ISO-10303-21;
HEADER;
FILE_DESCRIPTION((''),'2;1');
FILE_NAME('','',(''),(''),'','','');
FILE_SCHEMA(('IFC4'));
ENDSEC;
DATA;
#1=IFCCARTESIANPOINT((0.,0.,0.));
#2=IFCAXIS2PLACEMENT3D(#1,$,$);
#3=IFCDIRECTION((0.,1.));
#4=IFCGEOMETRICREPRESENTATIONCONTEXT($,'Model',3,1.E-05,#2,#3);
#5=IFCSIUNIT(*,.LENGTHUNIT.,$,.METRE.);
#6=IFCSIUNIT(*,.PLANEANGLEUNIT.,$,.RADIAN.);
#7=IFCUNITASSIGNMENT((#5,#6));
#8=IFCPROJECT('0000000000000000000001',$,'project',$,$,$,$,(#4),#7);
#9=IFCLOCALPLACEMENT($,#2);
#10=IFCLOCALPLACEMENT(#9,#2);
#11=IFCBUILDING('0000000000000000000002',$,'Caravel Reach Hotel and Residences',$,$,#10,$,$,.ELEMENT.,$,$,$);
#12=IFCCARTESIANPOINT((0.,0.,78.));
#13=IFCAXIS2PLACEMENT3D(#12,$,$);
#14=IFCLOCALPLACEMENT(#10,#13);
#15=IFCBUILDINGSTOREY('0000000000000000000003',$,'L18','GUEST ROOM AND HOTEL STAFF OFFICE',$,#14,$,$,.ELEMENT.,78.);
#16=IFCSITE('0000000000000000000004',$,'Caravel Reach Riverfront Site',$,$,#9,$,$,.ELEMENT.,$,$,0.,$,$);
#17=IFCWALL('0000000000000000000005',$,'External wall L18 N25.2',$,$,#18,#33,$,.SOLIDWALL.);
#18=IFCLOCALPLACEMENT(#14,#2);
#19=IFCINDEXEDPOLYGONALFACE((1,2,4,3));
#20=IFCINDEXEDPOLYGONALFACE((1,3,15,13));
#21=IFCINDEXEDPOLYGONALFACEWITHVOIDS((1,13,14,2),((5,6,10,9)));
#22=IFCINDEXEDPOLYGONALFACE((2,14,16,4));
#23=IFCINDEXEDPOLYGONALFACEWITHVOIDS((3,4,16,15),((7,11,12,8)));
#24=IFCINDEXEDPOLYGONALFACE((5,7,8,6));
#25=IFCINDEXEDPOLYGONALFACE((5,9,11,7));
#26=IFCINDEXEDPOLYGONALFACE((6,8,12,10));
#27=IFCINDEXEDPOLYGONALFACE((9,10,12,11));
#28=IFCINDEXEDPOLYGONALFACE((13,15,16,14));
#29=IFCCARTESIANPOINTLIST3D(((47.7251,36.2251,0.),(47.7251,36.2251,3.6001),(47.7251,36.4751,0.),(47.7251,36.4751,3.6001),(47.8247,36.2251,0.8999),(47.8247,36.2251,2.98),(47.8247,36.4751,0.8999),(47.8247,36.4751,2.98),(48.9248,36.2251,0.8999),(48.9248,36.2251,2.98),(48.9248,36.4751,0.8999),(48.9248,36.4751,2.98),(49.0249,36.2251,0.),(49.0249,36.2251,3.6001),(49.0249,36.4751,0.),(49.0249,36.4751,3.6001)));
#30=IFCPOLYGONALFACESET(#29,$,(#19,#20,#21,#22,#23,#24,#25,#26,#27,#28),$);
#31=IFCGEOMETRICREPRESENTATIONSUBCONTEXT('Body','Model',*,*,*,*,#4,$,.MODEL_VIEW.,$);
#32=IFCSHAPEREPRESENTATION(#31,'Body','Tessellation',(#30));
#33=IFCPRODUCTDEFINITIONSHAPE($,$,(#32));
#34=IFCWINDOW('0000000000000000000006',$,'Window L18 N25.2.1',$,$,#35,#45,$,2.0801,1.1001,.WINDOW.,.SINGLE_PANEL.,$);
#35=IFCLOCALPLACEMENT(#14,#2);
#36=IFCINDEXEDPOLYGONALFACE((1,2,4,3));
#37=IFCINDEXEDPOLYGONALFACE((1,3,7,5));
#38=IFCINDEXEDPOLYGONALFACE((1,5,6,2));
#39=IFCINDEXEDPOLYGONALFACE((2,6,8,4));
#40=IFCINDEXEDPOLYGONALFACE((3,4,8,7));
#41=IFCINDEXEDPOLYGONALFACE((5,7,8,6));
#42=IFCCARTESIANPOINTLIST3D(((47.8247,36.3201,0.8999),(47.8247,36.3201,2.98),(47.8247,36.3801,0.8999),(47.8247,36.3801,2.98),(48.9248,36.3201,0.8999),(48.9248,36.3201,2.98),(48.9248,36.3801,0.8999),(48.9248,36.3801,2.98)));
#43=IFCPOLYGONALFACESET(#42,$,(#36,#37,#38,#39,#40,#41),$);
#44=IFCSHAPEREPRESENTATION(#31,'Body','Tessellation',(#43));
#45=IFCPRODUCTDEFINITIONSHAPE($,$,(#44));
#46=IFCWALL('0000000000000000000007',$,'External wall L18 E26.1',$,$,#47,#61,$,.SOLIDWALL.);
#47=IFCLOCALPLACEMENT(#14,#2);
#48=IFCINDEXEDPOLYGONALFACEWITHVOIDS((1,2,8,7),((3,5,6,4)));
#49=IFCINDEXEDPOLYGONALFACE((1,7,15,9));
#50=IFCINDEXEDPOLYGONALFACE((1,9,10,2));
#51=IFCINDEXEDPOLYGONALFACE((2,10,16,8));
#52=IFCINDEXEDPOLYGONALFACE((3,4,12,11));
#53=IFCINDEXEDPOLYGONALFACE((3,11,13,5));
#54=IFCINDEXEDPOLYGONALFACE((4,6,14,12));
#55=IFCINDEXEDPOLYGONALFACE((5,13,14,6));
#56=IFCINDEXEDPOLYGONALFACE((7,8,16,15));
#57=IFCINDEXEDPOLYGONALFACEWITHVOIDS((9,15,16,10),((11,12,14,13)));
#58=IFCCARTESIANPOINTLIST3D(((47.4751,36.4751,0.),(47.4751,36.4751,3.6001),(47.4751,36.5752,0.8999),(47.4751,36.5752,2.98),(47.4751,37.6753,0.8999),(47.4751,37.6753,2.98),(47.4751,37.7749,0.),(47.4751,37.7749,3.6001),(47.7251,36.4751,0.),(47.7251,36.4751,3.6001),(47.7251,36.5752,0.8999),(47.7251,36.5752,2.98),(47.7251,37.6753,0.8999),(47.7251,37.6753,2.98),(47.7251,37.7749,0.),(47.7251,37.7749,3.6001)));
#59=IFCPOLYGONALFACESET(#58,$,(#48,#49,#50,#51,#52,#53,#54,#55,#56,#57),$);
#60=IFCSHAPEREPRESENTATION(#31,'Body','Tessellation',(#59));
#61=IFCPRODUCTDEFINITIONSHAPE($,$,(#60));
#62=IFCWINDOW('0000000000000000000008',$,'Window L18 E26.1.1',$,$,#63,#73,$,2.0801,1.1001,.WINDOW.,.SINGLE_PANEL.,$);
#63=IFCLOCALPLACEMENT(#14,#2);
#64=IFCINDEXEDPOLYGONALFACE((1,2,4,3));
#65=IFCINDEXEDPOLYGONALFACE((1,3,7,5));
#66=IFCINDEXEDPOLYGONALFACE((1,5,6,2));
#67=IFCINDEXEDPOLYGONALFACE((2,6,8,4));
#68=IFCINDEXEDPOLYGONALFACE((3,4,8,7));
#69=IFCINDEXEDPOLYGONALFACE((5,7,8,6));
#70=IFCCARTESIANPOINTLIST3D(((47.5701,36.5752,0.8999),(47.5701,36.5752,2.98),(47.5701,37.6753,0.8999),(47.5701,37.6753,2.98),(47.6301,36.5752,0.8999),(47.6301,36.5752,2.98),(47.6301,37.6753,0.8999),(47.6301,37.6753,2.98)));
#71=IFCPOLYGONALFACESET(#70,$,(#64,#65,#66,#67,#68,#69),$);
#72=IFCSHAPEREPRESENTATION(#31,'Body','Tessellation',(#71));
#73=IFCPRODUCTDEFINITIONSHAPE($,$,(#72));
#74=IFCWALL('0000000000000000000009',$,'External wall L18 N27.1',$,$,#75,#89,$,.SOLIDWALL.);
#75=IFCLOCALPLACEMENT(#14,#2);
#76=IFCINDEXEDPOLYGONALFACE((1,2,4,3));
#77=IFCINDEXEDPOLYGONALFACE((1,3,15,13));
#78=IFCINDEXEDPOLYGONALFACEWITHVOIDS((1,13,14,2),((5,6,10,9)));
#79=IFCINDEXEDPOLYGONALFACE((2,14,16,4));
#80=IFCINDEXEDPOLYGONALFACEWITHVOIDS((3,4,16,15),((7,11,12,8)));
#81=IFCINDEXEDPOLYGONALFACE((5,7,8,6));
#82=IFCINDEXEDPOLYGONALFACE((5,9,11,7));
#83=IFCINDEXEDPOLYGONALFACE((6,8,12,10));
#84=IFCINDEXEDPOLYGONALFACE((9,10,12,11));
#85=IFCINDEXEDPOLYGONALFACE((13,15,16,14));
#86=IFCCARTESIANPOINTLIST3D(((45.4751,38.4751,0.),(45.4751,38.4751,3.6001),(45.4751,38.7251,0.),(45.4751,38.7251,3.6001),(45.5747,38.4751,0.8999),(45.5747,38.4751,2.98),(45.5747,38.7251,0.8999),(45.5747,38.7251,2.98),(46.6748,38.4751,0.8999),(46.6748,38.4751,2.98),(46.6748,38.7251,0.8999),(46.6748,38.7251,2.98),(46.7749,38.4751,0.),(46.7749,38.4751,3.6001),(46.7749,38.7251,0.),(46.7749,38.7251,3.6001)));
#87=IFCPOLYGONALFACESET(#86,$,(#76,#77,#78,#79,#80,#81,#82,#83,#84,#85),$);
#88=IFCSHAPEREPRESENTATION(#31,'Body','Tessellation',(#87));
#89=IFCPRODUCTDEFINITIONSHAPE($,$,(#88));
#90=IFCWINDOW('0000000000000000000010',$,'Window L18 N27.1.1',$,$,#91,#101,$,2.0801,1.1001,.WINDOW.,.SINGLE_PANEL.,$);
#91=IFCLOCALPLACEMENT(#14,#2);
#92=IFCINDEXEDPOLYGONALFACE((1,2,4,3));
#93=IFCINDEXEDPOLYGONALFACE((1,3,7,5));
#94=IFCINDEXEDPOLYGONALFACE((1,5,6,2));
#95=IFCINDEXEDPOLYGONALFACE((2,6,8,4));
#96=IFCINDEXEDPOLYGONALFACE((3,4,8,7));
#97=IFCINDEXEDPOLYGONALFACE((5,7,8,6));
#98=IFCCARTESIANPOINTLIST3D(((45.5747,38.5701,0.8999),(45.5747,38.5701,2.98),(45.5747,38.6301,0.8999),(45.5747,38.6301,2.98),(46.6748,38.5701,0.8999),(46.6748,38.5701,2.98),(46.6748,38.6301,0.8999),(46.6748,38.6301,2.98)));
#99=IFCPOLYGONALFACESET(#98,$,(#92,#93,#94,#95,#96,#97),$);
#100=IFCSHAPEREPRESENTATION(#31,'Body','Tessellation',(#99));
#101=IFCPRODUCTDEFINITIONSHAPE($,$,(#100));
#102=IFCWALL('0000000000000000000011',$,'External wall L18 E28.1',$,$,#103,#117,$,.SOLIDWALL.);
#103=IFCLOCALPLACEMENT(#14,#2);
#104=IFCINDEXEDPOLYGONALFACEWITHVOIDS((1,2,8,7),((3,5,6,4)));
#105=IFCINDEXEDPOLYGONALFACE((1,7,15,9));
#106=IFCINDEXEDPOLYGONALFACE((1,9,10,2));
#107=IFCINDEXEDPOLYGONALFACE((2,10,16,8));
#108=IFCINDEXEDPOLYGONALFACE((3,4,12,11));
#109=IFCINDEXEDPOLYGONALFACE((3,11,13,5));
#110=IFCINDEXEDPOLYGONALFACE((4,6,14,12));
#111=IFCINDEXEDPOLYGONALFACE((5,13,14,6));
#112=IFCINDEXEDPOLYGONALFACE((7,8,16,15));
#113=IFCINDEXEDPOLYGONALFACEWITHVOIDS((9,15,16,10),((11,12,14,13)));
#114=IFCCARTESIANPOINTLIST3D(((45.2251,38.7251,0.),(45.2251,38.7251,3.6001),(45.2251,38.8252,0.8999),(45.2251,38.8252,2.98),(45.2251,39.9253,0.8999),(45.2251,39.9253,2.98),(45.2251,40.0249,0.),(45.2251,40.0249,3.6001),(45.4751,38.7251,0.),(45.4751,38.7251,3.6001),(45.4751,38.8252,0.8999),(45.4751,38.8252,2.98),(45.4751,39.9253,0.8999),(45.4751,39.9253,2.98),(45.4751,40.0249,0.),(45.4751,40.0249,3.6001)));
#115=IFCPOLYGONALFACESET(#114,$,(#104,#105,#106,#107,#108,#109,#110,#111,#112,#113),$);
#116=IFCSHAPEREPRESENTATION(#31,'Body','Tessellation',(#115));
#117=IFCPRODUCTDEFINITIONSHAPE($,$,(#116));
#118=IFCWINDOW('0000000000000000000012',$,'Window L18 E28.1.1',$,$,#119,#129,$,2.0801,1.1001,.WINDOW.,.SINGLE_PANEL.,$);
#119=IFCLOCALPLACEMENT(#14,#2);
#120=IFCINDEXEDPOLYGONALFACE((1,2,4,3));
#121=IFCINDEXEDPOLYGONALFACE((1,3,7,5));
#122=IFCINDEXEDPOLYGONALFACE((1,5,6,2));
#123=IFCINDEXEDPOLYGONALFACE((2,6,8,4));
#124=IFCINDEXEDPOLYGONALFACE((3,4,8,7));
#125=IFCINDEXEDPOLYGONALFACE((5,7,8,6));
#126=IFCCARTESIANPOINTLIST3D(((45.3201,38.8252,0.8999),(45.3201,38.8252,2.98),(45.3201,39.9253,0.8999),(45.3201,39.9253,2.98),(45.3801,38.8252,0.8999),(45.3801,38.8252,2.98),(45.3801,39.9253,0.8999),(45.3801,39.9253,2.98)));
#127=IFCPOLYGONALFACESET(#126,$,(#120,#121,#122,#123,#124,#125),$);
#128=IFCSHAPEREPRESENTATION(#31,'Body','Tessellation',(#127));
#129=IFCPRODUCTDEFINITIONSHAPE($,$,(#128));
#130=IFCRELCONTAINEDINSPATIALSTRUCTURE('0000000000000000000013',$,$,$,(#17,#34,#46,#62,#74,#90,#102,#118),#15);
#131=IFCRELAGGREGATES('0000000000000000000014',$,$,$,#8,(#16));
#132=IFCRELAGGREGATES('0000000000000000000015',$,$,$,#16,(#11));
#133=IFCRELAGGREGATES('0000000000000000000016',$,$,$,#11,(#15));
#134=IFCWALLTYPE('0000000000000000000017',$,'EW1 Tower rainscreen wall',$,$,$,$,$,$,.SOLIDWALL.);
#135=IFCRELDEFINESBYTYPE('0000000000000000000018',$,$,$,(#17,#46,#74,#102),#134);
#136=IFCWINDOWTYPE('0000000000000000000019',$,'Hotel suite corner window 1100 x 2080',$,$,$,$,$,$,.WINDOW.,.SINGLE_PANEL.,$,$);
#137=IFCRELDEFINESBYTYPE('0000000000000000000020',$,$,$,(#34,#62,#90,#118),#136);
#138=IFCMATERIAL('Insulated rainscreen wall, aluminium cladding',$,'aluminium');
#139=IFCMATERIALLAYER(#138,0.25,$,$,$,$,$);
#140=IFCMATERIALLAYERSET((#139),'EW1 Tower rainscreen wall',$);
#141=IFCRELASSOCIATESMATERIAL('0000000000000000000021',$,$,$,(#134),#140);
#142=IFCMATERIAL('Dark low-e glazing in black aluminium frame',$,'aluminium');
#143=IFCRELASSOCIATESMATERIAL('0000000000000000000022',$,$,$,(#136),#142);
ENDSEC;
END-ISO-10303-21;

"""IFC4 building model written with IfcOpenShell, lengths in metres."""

from ifc_helpers import new_model, si_unit, direction, frame, frame_2d, origin, place, context, subcontext, project, spatial, rectangle, extrude, material, layer, layer_set, type_object, element, fill, save


model = new_model("IFC4")

# Units and contexts
model_context = context("Model", 3, precision=1e-05, world=origin(), true_north=direction((0.0, 1.0)))
body_context = subcontext(model_context, "Body", "Model", "MODEL_VIEW")
ifc_project = project(units=[si_unit("LENGTHUNIT", "METRE"), si_unit("PLANEANGLEUNIT", "RADIAN")], contexts=[model_context])

# Site, building, storey
site_placement = place(None, origin())
site = spatial("IfcSite", under=ifc_project, at=site_placement, Name="Caravel Reach Riverfront Site", CompositionType="ELEMENT", RefElevation=0.0)
building_placement = place(site_placement, origin())
building = spatial("IfcBuilding", under=site, at=building_placement, Name="Caravel Reach Hotel and Residences", CompositionType="ELEMENT")
storey_placement = place(building_placement, frame((0.0, 0.0, 78.0)))
storey = spatial("IfcBuildingStorey", under=building, at=storey_placement, Name="L18", Description="GUEST ROOM AND HOTEL STAFF OFFICE", CompositionType="ELEMENT", Elevation=78.0)

# Walls, openings, windows
ifc_material_1 = material(Name="Insulated rainscreen wall, aluminium cladding", Category="aluminium")
ifc_layer = layer(ifc_material_1, 0.25)
ifc_layer_set = layer_set([ifc_layer], Name="EW1 Tower rainscreen wall")
wall_type = type_object("IfcWallType", Name="EW1 Tower rainscreen wall", PredefinedType="SOLIDWALL", material=ifc_layer_set)
wall_1_placement = place(storey_placement, frame((49.0249, 36.3501, 0.0), z_axis=(0.0, 0.0, 1.0), x_axis=(-1.0, 0.0, 0.0)))
wall_1 = element("IfcWall", 1, at=wall_1_placement, inside=storey, type_object=wall_type, Name="External wall L18 N25.2", PredefinedType="SOLIDWALL", context=body_context, shape_type="SweptSolid", body=[
    extrude(rectangle(XDim=1.2998, YDim=0.25, at=frame_2d((0.6499, 0.0))), origin(), (0.0, 0.0, 1.0), 3.6001),
])
opening_1_placement = place(wall_1_placement, frame((0.1001, 0.0, 0.8999)))
opening_1 = element("IfcOpeningElement", 2, at=opening_1_placement, cuts=wall_1, PredefinedType="OPENING", context=body_context, shape_type="SweptSolid", body=[
    extrude(rectangle(XDim=1.1001, YDim=2.0801, at=frame_2d((0.55, 1.04))), frame((0.0, 0.135, 0.0), z_axis=(0.0, -1.0, 0.0), x_axis=(1.0, 0.0, 0.0)), (0.0, 0.0, 1.0), 0.27),
])
ifc_material_2 = material(Name="Dark low-e glazing in black aluminium frame", Category="aluminium")
window_type = type_object("IfcWindowType", Name="Hotel suite corner window 1100 x 2080", PartitioningType="SINGLE_PANEL", PredefinedType="WINDOW", material=ifc_material_2)
window_1_placement = place(opening_1_placement, origin())
window_1 = element("IfcWindow", 3, at=window_1_placement, inside=storey, type_object=window_type, Name="Window L18 N25.2.1", OverallHeight=2.0801, OverallWidth=1.1001, PartitioningType="SINGLE_PANEL", PredefinedType="WINDOW", context=body_context, shape_type="SweptSolid", body=[
    extrude(rectangle(XDim=1.1001, YDim=2.0801, at=frame_2d((0.55, 1.04))), frame((0.0, 0.03, 0.0), z_axis=(0.0, -1.0, 0.0), x_axis=(1.0, 0.0, 0.0)), (0.0, 0.0, 1.0), 0.0601),
])
fill(opening_1, window_1)
wall_2_placement = place(storey_placement, frame((47.6001, 36.4751, 0.0), z_axis=(0.0, 0.0, 1.0), x_axis=(0.0, 1.0, 0.0)))
wall_2 = element("IfcWall", 4, at=wall_2_placement, inside=storey, type_object=wall_type, Name="External wall L18 E26.1", PredefinedType="SOLIDWALL", context=body_context, shape_type="SweptSolid", body=[
    extrude(rectangle(XDim=1.2998, YDim=0.25, at=frame_2d((0.6499, 0.0))), origin(), (0.0, 0.0, 1.0), 3.6001),
])
opening_2_placement = place(wall_2_placement, frame((0.1001, 0.0, 0.8999)))
opening_2 = element("IfcOpeningElement", 5, at=opening_2_placement, cuts=wall_2, PredefinedType="OPENING", context=body_context, shape_type="SweptSolid", body=[
    extrude(rectangle(XDim=1.1001, YDim=2.0801, at=frame_2d((0.55, 1.04))), frame((0.0, 0.135, 0.0), z_axis=(0.0, -1.0, 0.0), x_axis=(1.0, 0.0, 0.0)), (0.0, 0.0, 1.0), 0.27),
])
window_2_placement = place(opening_2_placement, origin())
window_2 = element("IfcWindow", 6, at=window_2_placement, inside=storey, type_object=window_type, Name="Window L18 E26.1.1", OverallHeight=2.0801, OverallWidth=1.1001, PartitioningType="SINGLE_PANEL", PredefinedType="WINDOW", context=body_context, shape_type="SweptSolid", body=[
    extrude(rectangle(XDim=1.1001, YDim=2.0801, at=frame_2d((0.55, 1.04))), frame((0.0, 0.03, 0.0), z_axis=(0.0, -1.0, 0.0), x_axis=(1.0, 0.0, 0.0)), (0.0, 0.0, 1.0), 0.0601),
])
fill(opening_2, window_2)
wall_3_placement = place(storey_placement, frame((46.7749, 38.6001, 0.0), z_axis=(0.0, 0.0, 1.0), x_axis=(-1.0, 0.0, 0.0)))
wall_3 = element("IfcWall", 7, at=wall_3_placement, inside=storey, type_object=wall_type, Name="External wall L18 N27.1", PredefinedType="SOLIDWALL", context=body_context, shape_type="SweptSolid", body=[
    extrude(rectangle(XDim=1.2998, YDim=0.25, at=frame_2d((0.6499, 0.0))), origin(), (0.0, 0.0, 1.0), 3.6001),
])
opening_3_placement = place(wall_3_placement, frame((0.1001, 0.0, 0.8999)))
opening_3 = element("IfcOpeningElement", 8, at=opening_3_placement, cuts=wall_3, PredefinedType="OPENING", context=body_context, shape_type="SweptSolid", body=[
    extrude(rectangle(XDim=1.1001, YDim=2.0801, at=frame_2d((0.55, 1.04))), frame((0.0, 0.135, 0.0), z_axis=(0.0, -1.0, 0.0), x_axis=(1.0, 0.0, 0.0)), (0.0, 0.0, 1.0), 0.27),
])
window_3_placement = place(opening_3_placement, origin())
window_3 = element("IfcWindow", 9, at=window_3_placement, inside=storey, type_object=window_type, Name="Window L18 N27.1.1", OverallHeight=2.0801, OverallWidth=1.1001, PartitioningType="SINGLE_PANEL", PredefinedType="WINDOW", context=body_context, shape_type="SweptSolid", body=[
    extrude(rectangle(XDim=1.1001, YDim=2.0801, at=frame_2d((0.55, 1.04))), frame((0.0, 0.03, 0.0), z_axis=(0.0, -1.0, 0.0), x_axis=(1.0, 0.0, 0.0)), (0.0, 0.0, 1.0), 0.0601),
])
fill(opening_3, window_3)
wall_4_placement = place(storey_placement, frame((45.3501, 38.7251, 0.0), z_axis=(0.0, 0.0, 1.0), x_axis=(0.0, 1.0, 0.0)))
wall_4 = element("IfcWall", 10, at=wall_4_placement, inside=storey, type_object=wall_type, Name="External wall L18 E28.1", PredefinedType="SOLIDWALL", context=body_context, shape_type="SweptSolid", body=[
    extrude(rectangle(XDim=1.2998, YDim=0.25, at=frame_2d((0.6499, 0.0))), origin(), (0.0, 0.0, 1.0), 3.6001),
])
opening_4_placement = place(wall_4_placement, frame((0.1001, 0.0, 0.8999)))
opening_4 = element("IfcOpeningElement", 11, at=opening_4_placement, cuts=wall_4, PredefinedType="OPENING", context=body_context, shape_type="SweptSolid", body=[
    extrude(rectangle(XDim=1.1001, YDim=2.0801, at=frame_2d((0.55, 1.04))), frame((0.0, 0.135, 0.0), z_axis=(0.0, -1.0, 0.0), x_axis=(1.0, 0.0, 0.0)), (0.0, 0.0, 1.0), 0.27),
])
window_4_placement = place(opening_4_placement, origin())
window_4 = element("IfcWindow", 12, at=window_4_placement, inside=storey, type_object=window_type, Name="Window L18 E28.1.1", OverallHeight=2.0801, OverallWidth=1.1001, PartitioningType="SINGLE_PANEL", PredefinedType="WINDOW", context=body_context, shape_type="SweptSolid", body=[
    extrude(rectangle(XDim=1.1001, YDim=2.0801, at=frame_2d((0.55, 1.04))), frame((0.0, 0.03, 0.0), z_axis=(0.0, -1.0, 0.0), x_axis=(1.0, 0.0, 0.0)), (0.0, 0.0, 1.0), 0.0601),
])
fill(opening_4, window_4)

save(model, "model.ifc")
